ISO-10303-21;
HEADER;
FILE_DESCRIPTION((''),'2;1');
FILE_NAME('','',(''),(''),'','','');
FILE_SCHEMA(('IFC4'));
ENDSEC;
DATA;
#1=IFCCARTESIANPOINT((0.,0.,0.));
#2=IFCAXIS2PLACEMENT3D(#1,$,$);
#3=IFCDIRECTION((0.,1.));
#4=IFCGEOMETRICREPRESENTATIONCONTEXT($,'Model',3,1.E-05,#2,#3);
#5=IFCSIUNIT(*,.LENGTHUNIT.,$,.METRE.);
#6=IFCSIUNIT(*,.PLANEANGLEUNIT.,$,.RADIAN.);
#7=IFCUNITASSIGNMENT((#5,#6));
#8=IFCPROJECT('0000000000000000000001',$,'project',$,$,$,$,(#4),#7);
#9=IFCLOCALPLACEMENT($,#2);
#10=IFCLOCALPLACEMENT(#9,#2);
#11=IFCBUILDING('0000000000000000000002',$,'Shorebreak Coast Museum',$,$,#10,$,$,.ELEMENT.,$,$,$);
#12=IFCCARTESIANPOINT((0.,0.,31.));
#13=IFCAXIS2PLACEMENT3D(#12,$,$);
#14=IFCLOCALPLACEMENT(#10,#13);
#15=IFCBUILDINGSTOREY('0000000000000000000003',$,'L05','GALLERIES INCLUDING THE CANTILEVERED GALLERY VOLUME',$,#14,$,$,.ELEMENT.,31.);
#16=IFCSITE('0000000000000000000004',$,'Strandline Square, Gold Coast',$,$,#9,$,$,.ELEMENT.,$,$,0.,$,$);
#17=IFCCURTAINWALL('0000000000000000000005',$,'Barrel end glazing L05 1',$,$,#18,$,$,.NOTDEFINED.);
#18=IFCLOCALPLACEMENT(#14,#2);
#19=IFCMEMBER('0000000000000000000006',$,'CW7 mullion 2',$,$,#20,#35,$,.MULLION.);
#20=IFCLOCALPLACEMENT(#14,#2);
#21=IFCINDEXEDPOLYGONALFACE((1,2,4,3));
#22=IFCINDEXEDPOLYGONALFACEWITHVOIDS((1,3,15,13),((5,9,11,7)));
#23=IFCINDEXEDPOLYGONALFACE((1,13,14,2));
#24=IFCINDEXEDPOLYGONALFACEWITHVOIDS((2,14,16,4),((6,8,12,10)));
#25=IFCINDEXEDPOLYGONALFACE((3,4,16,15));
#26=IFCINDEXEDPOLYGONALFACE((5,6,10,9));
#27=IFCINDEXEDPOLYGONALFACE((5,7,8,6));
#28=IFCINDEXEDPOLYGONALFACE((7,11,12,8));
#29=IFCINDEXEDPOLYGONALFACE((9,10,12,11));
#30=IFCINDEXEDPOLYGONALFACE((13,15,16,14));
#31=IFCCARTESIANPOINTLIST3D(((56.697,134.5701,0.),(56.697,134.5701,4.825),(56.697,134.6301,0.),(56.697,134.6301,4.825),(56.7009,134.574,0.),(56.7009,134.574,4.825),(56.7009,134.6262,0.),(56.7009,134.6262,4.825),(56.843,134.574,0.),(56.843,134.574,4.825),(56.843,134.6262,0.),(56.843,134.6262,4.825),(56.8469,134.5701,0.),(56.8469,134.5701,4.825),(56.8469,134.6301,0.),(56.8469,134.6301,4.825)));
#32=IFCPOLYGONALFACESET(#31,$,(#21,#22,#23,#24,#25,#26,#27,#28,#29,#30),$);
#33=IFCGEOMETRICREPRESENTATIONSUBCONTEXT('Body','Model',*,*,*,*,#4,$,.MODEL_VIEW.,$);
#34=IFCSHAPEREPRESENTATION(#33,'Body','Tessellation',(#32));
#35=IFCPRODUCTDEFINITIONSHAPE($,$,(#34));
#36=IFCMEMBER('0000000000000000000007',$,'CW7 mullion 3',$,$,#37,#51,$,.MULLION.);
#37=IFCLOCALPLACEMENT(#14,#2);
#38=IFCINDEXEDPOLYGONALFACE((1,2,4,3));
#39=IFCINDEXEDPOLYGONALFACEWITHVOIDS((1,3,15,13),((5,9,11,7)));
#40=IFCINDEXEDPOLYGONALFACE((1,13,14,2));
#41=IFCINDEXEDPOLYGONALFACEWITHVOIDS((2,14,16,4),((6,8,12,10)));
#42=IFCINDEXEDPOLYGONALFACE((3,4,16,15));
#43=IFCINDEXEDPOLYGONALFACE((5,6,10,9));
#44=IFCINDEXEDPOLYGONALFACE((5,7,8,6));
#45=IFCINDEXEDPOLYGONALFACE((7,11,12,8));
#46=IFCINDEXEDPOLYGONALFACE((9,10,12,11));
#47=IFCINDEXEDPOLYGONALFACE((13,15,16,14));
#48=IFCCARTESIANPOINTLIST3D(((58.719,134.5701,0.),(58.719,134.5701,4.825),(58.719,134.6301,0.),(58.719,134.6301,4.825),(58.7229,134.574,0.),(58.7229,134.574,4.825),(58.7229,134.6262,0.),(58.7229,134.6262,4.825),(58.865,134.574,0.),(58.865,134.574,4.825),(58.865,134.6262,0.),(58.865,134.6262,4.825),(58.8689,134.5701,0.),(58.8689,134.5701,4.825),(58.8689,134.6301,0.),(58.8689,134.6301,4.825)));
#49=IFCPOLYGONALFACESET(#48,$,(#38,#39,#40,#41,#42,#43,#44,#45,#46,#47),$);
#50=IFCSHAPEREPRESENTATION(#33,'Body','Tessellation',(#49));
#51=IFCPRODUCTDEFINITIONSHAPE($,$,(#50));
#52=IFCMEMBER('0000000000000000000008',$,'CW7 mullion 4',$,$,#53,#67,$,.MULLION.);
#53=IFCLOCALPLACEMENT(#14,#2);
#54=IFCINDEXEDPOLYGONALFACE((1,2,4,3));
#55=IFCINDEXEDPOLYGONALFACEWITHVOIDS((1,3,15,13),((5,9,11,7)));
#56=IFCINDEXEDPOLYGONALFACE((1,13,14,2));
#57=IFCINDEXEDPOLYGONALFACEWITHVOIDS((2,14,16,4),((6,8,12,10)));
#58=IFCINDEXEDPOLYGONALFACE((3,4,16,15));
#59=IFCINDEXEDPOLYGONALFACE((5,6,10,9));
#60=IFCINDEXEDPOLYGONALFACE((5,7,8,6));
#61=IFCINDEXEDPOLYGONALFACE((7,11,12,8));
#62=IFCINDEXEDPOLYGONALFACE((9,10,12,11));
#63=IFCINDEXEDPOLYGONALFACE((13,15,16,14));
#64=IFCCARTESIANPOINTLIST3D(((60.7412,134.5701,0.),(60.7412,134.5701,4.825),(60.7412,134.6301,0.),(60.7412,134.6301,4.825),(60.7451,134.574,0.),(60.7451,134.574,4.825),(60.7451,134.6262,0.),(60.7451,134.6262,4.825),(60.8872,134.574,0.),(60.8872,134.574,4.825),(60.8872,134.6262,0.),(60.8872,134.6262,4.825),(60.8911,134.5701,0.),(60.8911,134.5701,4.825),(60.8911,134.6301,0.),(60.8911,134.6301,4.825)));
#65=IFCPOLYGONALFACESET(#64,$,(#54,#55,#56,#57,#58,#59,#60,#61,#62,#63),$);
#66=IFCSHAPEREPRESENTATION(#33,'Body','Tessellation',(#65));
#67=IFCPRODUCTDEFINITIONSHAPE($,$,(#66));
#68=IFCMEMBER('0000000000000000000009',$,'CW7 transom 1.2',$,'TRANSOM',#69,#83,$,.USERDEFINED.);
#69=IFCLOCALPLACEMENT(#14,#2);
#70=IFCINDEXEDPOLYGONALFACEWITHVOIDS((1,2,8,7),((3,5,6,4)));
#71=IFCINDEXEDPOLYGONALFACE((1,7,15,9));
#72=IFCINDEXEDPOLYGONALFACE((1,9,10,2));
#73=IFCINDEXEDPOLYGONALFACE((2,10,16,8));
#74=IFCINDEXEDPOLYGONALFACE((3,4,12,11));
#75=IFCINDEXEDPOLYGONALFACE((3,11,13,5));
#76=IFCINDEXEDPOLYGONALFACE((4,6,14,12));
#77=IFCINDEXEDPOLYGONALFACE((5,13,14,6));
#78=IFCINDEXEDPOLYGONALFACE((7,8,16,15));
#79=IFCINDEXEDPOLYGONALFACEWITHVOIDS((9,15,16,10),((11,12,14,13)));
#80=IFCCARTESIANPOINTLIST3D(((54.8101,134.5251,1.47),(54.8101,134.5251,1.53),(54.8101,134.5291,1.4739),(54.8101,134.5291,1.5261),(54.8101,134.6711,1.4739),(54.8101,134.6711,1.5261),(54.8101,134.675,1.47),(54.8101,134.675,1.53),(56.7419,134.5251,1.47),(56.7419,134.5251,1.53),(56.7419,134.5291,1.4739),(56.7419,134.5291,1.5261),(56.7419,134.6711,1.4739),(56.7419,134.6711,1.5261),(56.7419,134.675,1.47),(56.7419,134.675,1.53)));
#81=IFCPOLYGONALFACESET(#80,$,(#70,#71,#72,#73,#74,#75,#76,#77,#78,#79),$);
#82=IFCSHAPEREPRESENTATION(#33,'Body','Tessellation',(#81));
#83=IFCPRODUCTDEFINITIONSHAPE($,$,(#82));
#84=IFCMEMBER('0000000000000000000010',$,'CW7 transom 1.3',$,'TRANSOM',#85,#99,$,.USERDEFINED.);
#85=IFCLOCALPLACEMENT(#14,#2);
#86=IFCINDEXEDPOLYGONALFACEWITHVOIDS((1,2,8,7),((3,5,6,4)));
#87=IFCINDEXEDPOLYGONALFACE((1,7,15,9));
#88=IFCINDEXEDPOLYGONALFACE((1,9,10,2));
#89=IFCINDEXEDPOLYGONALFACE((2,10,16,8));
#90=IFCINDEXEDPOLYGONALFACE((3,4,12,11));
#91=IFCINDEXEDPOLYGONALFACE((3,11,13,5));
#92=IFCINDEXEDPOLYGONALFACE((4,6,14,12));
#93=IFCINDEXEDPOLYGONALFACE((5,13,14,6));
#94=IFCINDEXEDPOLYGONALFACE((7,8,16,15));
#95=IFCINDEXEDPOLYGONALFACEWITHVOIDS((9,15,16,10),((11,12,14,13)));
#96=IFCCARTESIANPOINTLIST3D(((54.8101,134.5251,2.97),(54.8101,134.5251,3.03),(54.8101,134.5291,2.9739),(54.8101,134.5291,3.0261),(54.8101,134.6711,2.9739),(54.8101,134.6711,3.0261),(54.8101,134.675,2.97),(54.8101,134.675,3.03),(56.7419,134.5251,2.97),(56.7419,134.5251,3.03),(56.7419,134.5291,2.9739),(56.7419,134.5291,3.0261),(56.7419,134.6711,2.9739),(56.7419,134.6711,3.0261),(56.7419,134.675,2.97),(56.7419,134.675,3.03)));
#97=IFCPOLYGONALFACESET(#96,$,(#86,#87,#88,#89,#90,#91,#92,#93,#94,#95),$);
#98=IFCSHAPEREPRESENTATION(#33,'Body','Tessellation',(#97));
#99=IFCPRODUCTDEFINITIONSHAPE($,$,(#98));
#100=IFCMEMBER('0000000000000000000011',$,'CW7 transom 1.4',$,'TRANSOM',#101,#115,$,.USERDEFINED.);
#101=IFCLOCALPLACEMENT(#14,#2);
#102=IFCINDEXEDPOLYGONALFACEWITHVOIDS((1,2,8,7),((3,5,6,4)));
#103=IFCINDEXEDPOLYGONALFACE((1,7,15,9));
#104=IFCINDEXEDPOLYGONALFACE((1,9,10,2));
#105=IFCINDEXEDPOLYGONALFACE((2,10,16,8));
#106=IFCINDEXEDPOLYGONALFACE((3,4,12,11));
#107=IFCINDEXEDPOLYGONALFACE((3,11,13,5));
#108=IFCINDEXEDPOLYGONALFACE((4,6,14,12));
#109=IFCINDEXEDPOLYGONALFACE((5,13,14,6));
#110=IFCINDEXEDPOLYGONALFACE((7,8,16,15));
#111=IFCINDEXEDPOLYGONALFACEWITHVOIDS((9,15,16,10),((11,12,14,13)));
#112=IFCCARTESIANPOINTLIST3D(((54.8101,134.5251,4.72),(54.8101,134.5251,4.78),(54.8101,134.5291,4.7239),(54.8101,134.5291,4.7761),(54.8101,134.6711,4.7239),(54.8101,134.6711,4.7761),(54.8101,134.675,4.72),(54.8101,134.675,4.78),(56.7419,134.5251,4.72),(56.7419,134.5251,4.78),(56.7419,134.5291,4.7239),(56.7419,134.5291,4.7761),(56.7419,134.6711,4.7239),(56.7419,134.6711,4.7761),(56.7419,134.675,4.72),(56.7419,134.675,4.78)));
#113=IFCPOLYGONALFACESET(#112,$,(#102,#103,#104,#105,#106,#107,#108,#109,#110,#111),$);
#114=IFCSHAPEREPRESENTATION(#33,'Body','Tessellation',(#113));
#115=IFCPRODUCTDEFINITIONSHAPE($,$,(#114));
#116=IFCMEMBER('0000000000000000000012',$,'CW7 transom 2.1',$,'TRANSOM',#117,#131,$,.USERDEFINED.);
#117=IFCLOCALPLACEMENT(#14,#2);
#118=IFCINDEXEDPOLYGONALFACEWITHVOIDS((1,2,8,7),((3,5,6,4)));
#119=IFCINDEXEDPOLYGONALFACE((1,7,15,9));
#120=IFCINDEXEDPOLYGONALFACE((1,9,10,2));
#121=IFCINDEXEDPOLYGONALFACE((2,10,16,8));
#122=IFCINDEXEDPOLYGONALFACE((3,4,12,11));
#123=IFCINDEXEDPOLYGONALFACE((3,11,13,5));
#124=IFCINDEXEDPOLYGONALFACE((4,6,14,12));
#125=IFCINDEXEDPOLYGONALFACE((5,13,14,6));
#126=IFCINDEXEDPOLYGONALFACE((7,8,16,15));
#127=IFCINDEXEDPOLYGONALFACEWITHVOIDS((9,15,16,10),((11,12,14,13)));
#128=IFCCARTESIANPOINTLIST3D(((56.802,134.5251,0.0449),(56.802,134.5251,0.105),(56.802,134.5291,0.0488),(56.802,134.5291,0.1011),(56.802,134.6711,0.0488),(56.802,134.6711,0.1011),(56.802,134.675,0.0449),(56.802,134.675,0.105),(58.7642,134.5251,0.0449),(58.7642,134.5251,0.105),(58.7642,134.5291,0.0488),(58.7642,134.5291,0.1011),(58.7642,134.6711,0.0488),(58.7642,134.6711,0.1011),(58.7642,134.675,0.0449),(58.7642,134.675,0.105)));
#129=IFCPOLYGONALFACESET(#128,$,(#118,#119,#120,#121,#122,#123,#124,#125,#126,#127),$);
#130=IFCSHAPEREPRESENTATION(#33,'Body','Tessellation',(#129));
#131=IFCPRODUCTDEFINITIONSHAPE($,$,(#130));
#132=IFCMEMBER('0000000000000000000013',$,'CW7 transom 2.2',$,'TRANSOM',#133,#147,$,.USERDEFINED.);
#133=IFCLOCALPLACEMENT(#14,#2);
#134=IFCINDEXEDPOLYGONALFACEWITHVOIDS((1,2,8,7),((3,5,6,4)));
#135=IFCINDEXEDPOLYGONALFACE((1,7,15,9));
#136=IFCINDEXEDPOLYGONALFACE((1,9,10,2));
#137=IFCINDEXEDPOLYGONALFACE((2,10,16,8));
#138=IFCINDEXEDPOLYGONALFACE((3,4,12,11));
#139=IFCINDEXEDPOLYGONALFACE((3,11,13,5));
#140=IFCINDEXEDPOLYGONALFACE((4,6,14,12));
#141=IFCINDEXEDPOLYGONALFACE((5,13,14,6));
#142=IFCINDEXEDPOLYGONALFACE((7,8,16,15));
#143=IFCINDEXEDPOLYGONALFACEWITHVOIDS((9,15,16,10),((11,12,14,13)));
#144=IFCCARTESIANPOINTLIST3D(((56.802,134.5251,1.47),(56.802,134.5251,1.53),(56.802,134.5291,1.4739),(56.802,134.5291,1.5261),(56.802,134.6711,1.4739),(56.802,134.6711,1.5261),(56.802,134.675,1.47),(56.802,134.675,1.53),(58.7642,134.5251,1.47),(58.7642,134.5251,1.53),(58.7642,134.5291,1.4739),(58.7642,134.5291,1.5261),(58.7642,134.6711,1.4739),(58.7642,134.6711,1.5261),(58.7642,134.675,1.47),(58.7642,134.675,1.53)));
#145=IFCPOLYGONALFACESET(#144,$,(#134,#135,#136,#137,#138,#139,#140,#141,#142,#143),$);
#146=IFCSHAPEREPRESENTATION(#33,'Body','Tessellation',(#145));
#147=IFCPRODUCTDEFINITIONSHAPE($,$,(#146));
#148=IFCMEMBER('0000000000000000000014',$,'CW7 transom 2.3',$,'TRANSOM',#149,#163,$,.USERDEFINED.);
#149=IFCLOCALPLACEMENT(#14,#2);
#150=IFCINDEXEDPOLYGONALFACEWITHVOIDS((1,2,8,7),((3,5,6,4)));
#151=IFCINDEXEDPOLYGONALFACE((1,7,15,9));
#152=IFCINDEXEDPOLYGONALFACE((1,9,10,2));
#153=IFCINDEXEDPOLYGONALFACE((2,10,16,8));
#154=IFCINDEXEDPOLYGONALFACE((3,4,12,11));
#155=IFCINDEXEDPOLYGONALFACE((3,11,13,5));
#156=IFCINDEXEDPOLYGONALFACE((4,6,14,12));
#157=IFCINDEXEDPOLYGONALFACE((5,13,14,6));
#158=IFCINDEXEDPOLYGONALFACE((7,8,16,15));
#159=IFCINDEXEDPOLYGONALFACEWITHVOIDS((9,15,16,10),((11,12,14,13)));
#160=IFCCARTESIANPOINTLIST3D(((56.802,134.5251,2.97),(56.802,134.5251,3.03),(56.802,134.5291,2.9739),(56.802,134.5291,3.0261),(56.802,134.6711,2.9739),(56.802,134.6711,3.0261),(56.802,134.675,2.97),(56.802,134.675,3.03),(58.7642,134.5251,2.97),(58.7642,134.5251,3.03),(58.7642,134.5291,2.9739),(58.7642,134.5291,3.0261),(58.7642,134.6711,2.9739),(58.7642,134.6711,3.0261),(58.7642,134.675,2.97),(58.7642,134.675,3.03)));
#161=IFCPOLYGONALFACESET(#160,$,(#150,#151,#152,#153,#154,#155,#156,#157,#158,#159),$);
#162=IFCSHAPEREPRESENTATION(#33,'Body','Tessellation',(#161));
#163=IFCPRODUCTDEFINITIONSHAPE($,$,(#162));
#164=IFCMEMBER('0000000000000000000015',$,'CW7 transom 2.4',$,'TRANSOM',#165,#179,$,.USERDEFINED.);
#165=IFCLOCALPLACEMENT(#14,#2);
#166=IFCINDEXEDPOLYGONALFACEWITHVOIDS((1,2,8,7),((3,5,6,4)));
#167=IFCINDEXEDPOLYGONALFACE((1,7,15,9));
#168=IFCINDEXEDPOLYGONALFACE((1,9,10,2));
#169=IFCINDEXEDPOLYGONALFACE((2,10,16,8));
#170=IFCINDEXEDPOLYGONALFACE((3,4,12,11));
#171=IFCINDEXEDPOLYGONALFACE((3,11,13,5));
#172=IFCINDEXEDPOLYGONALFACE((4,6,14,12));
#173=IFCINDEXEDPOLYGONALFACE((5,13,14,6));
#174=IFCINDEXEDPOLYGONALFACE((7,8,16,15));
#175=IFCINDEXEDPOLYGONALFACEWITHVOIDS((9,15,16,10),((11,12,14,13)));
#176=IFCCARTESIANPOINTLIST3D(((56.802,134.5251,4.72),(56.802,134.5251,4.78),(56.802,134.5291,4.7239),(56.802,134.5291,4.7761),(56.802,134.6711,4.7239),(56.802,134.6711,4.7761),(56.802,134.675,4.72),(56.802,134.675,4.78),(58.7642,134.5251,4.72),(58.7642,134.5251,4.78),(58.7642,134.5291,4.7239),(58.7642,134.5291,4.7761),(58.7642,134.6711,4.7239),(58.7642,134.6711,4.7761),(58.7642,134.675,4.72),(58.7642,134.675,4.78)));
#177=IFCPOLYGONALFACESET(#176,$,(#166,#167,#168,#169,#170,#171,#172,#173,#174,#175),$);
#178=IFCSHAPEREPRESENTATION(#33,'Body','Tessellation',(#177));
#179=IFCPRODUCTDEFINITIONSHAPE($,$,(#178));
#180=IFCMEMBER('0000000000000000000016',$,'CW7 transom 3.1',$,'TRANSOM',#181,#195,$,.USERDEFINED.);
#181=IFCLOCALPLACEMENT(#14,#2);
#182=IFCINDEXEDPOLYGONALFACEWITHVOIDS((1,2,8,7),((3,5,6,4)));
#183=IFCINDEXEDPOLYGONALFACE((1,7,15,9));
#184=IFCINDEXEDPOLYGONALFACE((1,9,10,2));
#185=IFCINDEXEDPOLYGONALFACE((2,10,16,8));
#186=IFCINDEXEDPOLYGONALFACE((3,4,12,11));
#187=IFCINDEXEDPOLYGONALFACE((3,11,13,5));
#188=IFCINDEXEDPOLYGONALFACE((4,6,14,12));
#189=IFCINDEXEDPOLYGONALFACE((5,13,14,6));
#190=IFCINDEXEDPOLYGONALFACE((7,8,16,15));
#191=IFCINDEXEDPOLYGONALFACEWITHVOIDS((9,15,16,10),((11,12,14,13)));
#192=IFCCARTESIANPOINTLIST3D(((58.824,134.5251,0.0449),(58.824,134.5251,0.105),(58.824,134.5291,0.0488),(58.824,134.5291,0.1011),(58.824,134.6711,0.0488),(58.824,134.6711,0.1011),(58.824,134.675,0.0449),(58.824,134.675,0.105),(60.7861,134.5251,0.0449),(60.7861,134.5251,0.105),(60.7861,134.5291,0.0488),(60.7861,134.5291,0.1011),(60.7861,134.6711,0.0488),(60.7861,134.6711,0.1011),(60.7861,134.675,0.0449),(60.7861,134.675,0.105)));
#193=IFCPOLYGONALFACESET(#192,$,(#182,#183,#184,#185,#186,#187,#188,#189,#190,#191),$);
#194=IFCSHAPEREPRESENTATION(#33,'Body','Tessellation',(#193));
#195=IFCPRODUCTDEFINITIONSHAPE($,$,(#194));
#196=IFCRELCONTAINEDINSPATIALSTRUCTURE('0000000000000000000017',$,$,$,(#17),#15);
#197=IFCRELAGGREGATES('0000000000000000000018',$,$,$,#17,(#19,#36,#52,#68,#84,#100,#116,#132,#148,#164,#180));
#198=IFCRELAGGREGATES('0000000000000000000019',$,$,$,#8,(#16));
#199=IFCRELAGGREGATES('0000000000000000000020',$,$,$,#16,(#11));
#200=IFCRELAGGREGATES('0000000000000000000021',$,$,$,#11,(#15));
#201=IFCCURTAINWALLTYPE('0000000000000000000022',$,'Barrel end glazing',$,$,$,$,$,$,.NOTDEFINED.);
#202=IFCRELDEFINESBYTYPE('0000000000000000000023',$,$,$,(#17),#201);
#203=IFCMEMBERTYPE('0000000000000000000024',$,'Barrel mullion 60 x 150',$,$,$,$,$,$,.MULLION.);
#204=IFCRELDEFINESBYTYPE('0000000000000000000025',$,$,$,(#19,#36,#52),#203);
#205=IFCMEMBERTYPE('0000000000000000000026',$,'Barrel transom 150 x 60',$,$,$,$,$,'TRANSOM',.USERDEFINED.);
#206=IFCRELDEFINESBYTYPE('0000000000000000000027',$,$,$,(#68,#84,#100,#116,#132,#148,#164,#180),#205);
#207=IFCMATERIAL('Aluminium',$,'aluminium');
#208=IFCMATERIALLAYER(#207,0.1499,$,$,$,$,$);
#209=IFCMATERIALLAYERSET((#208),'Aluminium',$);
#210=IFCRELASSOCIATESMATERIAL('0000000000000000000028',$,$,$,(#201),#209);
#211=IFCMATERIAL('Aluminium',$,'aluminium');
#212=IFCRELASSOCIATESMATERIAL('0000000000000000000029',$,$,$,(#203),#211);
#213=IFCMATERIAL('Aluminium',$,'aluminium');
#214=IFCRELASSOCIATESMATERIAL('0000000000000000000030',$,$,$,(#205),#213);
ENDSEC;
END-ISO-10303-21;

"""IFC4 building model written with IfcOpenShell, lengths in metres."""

from ifc_helpers import new_model, si_unit, direction, frame, origin, origin_2d, place, context, subcontext, project, spatial, hollow_rectangle, extrude, material, layer, layer_set, material_profile, profile_set, type_object, element, aggregate, save


model = new_model("IFC4")

# Units and contexts
model_context = context("Model", 3, precision=1e-05, world=origin(), true_north=direction((0.0, 1.0)))
body_context = subcontext(model_context, "Body", "Model", "MODEL_VIEW")
ifc_project = project(units=[si_unit("LENGTHUNIT", "METRE"), si_unit("PLANEANGLEUNIT", "RADIAN")], contexts=[model_context])

# Site, building, storey
site_placement = place(None, origin())
site = spatial("IfcSite", under=ifc_project, at=site_placement, Name="Strandline Square, Gold Coast", CompositionType="ELEMENT", RefElevation=0.0)
building_placement = place(site_placement, origin())
building = spatial("IfcBuilding", under=site, at=building_placement, Name="Shorebreak Coast Museum", CompositionType="ELEMENT")
storey_placement = place(building_placement, frame((0.0, 0.0, 31.0)))
storey = spatial("IfcBuildingStorey", under=building, at=storey_placement, Name="L05", Description="GALLERIES INCLUDING THE CANTILEVERED GALLERY VOLUME", CompositionType="ELEMENT", Elevation=31.0)

# Curtain wall, members
ifc_material_1 = material(Name="Aluminium", Category="aluminium")
ifc_layer_1 = layer(ifc_material_1, 0.1499)
ifc_layer_set_1 = layer_set([ifc_layer_1], Name="Aluminium")
curtain_wall_type = type_object("IfcCurtainWallType", Name="Barrel end glazing", PredefinedType="NOTDEFINED", material=ifc_layer_set_1)
curtain_wall_placement = place(storey_placement, origin())
curtain_wall = element("IfcCurtainWall", 1, at=curtain_wall_placement, inside=storey, type_object=curtain_wall_type, Name="Barrel end glazing L05 1", PredefinedType="NOTDEFINED")
ifc_material_2 = material(Name="Aluminium", Category="aluminium")
ifc_material_profile_1 = material_profile(ifc_material_2, hollow_rectangle(XDim=0.0601, YDim=0.1499, WallThickness=0.0039, at=origin_2d()), Name="AL 150x60 RHS")
ifc_profile_set_1 = profile_set([ifc_material_profile_1], Name="Aluminium")
member_type_1 = type_object("IfcMemberType", Name="Barrel mullion 60 x 150", PredefinedType="MULLION", material=ifc_profile_set_1)
member_1_placement = place(storey_placement, frame((56.772, 134.6001, 0.0), z_axis=(0.0, 0.0, 1.0), x_axis=(0.0, 1.0, 0.0)))
member_1 = element("IfcMember", 2, at=member_1_placement, type_object=member_type_1, Name="CW7 mullion 2", PredefinedType="MULLION", context=body_context, shape_type="SweptSolid", body=[
    extrude(hollow_rectangle(XDim=0.0601, YDim=0.1499, WallThickness=0.0039, at=origin_2d()), origin(), (0.0, 0.0, 1.0), 4.825),
])
member_2_placement = place(storey_placement, frame((58.7939, 134.6001, 0.0), z_axis=(0.0, 0.0, 1.0), x_axis=(0.0, 1.0, 0.0)))
member_2 = element("IfcMember", 3, at=member_2_placement, type_object=member_type_1, Name="CW7 mullion 3", PredefinedType="MULLION", context=body_context, shape_type="SweptSolid", body=[
    extrude(hollow_rectangle(XDim=0.0601, YDim=0.1499, WallThickness=0.0039, at=origin_2d()), origin(), (0.0, 0.0, 1.0), 4.825),
])
member_3_placement = place(storey_placement, frame((60.8162, 134.6001, 0.0), z_axis=(0.0, 0.0, 1.0), x_axis=(0.0, 1.0, 0.0)))
member_3 = element("IfcMember", 4, at=member_3_placement, type_object=member_type_1, Name="CW7 mullion 4", PredefinedType="MULLION", context=body_context, shape_type="SweptSolid", body=[
    extrude(hollow_rectangle(XDim=0.0601, YDim=0.1499, WallThickness=0.0039, at=origin_2d()), origin(), (0.0, 0.0, 1.0), 4.825),
])
ifc_material_3 = material(Name="Aluminium", Category="aluminium")
ifc_material_profile_2 = material_profile(ifc_material_3, hollow_rectangle(XDim=0.1499, YDim=0.0601, WallThickness=0.0039, at=origin_2d()), Name="AL 60x150 RHS")
ifc_profile_set_2 = profile_set([ifc_material_profile_2], Name="Aluminium")
member_type_2 = type_object("IfcMemberType", Name="Barrel transom 150 x 60", ElementType="TRANSOM", PredefinedType="USERDEFINED", material=ifc_profile_set_2)
member_4_placement = place(storey_placement, frame((54.8101, 134.6001, 1.5), z_axis=(1.0, 0.0, 0.0), x_axis=(0.0, 1.0, 0.0)))
member_4 = element("IfcMember", 5, at=member_4_placement, type_object=member_type_2, Name="CW7 transom 1.2", ObjectType="TRANSOM", PredefinedType="USERDEFINED", context=body_context, shape_type="SweptSolid", body=[
    extrude(hollow_rectangle(XDim=0.1499, YDim=0.0601, WallThickness=0.0039, at=origin_2d()), origin(), (0.0, 0.0, 1.0), 1.9319),
])
member_5_placement = place(storey_placement, frame((54.8101, 134.6001, 3.0), z_axis=(1.0, 0.0, 0.0), x_axis=(0.0, 1.0, 0.0)))
member_5 = element("IfcMember", 6, at=member_5_placement, type_object=member_type_2, Name="CW7 transom 1.3", ObjectType="TRANSOM", PredefinedType="USERDEFINED", context=body_context, shape_type="SweptSolid", body=[
    extrude(hollow_rectangle(XDim=0.1499, YDim=0.0601, WallThickness=0.0039, at=origin_2d()), origin(), (0.0, 0.0, 1.0), 1.9319),
])
member_6_placement = place(storey_placement, frame((54.8101, 134.6001, 4.75), z_axis=(1.0, 0.0, 0.0), x_axis=(0.0, 1.0, 0.0)))
member_6 = element("IfcMember", 7, at=member_6_placement, type_object=member_type_2, Name="CW7 transom 1.4", ObjectType="TRANSOM", PredefinedType="USERDEFINED", context=body_context, shape_type="SweptSolid", body=[
    extrude(hollow_rectangle(XDim=0.1499, YDim=0.0601, WallThickness=0.0039, at=origin_2d()), origin(), (0.0, 0.0, 1.0), 1.9319),
])
member_7_placement = place(storey_placement, frame((56.802, 134.6001, 0.075), z_axis=(1.0, 0.0, 0.0), x_axis=(0.0, 1.0, 0.0)))
member_7 = element("IfcMember", 8, at=member_7_placement, type_object=member_type_2, Name="CW7 transom 2.1", ObjectType="TRANSOM", PredefinedType="USERDEFINED", context=body_context, shape_type="SweptSolid", body=[
    extrude(hollow_rectangle(XDim=0.1499, YDim=0.0601, WallThickness=0.0039, at=origin_2d()), origin(), (0.0, 0.0, 1.0), 1.9622),
])
member_8_placement = place(storey_placement, frame((56.802, 134.6001, 1.5), z_axis=(1.0, 0.0, 0.0), x_axis=(0.0, 1.0, 0.0)))
member_8 = element("IfcMember", 9, at=member_8_placement, type_object=member_type_2, Name="CW7 transom 2.2", ObjectType="TRANSOM", PredefinedType="USERDEFINED", context=body_context, shape_type="SweptSolid", body=[
    extrude(hollow_rectangle(XDim=0.1499, YDim=0.0601, WallThickness=0.0039, at=origin_2d()), origin(), (0.0, 0.0, 1.0), 1.9622),
])
member_9_placement = place(storey_placement, frame((56.802, 134.6001, 3.0), z_axis=(1.0, 0.0, 0.0), x_axis=(0.0, 1.0, 0.0)))
member_9 = element("IfcMember", 10, at=member_9_placement, type_object=member_type_2, Name="CW7 transom 2.3", ObjectType="TRANSOM", PredefinedType="USERDEFINED", context=body_context, shape_type="SweptSolid", body=[
    extrude(hollow_rectangle(XDim=0.1499, YDim=0.0601, WallThickness=0.0039, at=origin_2d()), origin(), (0.0, 0.0, 1.0), 1.9622),
])
member_10_placement = place(storey_placement, frame((56.802, 134.6001, 4.75), z_axis=(1.0, 0.0, 0.0), x_axis=(0.0, 1.0, 0.0)))
member_10 = element("IfcMember", 11, at=member_10_placement, type_object=member_type_2, Name="CW7 transom 2.4", ObjectType="TRANSOM", PredefinedType="USERDEFINED", context=body_context, shape_type="SweptSolid", body=[
    extrude(hollow_rectangle(XDim=0.1499, YDim=0.0601, WallThickness=0.0039, at=origin_2d()), origin(), (0.0, 0.0, 1.0), 1.9622),
])
member_11_placement = place(storey_placement, frame((58.824, 134.6001, 0.075), z_axis=(1.0, 0.0, 0.0), x_axis=(0.0, 1.0, 0.0)))
member_11 = element("IfcMember", 12, at=member_11_placement, type_object=member_type_2, Name="CW7 transom 3.1", ObjectType="TRANSOM", PredefinedType="USERDEFINED", context=body_context, shape_type="SweptSolid", body=[
    extrude(hollow_rectangle(XDim=0.1499, YDim=0.0601, WallThickness=0.0039, at=origin_2d()), origin(), (0.0, 0.0, 1.0), 1.9622),
])

aggregate(curtain_wall, [member_1, member_2, member_3, member_4, member_5, member_6, member_7, member_8, member_9, member_10, member_11])

save(model, "model.ifc")
